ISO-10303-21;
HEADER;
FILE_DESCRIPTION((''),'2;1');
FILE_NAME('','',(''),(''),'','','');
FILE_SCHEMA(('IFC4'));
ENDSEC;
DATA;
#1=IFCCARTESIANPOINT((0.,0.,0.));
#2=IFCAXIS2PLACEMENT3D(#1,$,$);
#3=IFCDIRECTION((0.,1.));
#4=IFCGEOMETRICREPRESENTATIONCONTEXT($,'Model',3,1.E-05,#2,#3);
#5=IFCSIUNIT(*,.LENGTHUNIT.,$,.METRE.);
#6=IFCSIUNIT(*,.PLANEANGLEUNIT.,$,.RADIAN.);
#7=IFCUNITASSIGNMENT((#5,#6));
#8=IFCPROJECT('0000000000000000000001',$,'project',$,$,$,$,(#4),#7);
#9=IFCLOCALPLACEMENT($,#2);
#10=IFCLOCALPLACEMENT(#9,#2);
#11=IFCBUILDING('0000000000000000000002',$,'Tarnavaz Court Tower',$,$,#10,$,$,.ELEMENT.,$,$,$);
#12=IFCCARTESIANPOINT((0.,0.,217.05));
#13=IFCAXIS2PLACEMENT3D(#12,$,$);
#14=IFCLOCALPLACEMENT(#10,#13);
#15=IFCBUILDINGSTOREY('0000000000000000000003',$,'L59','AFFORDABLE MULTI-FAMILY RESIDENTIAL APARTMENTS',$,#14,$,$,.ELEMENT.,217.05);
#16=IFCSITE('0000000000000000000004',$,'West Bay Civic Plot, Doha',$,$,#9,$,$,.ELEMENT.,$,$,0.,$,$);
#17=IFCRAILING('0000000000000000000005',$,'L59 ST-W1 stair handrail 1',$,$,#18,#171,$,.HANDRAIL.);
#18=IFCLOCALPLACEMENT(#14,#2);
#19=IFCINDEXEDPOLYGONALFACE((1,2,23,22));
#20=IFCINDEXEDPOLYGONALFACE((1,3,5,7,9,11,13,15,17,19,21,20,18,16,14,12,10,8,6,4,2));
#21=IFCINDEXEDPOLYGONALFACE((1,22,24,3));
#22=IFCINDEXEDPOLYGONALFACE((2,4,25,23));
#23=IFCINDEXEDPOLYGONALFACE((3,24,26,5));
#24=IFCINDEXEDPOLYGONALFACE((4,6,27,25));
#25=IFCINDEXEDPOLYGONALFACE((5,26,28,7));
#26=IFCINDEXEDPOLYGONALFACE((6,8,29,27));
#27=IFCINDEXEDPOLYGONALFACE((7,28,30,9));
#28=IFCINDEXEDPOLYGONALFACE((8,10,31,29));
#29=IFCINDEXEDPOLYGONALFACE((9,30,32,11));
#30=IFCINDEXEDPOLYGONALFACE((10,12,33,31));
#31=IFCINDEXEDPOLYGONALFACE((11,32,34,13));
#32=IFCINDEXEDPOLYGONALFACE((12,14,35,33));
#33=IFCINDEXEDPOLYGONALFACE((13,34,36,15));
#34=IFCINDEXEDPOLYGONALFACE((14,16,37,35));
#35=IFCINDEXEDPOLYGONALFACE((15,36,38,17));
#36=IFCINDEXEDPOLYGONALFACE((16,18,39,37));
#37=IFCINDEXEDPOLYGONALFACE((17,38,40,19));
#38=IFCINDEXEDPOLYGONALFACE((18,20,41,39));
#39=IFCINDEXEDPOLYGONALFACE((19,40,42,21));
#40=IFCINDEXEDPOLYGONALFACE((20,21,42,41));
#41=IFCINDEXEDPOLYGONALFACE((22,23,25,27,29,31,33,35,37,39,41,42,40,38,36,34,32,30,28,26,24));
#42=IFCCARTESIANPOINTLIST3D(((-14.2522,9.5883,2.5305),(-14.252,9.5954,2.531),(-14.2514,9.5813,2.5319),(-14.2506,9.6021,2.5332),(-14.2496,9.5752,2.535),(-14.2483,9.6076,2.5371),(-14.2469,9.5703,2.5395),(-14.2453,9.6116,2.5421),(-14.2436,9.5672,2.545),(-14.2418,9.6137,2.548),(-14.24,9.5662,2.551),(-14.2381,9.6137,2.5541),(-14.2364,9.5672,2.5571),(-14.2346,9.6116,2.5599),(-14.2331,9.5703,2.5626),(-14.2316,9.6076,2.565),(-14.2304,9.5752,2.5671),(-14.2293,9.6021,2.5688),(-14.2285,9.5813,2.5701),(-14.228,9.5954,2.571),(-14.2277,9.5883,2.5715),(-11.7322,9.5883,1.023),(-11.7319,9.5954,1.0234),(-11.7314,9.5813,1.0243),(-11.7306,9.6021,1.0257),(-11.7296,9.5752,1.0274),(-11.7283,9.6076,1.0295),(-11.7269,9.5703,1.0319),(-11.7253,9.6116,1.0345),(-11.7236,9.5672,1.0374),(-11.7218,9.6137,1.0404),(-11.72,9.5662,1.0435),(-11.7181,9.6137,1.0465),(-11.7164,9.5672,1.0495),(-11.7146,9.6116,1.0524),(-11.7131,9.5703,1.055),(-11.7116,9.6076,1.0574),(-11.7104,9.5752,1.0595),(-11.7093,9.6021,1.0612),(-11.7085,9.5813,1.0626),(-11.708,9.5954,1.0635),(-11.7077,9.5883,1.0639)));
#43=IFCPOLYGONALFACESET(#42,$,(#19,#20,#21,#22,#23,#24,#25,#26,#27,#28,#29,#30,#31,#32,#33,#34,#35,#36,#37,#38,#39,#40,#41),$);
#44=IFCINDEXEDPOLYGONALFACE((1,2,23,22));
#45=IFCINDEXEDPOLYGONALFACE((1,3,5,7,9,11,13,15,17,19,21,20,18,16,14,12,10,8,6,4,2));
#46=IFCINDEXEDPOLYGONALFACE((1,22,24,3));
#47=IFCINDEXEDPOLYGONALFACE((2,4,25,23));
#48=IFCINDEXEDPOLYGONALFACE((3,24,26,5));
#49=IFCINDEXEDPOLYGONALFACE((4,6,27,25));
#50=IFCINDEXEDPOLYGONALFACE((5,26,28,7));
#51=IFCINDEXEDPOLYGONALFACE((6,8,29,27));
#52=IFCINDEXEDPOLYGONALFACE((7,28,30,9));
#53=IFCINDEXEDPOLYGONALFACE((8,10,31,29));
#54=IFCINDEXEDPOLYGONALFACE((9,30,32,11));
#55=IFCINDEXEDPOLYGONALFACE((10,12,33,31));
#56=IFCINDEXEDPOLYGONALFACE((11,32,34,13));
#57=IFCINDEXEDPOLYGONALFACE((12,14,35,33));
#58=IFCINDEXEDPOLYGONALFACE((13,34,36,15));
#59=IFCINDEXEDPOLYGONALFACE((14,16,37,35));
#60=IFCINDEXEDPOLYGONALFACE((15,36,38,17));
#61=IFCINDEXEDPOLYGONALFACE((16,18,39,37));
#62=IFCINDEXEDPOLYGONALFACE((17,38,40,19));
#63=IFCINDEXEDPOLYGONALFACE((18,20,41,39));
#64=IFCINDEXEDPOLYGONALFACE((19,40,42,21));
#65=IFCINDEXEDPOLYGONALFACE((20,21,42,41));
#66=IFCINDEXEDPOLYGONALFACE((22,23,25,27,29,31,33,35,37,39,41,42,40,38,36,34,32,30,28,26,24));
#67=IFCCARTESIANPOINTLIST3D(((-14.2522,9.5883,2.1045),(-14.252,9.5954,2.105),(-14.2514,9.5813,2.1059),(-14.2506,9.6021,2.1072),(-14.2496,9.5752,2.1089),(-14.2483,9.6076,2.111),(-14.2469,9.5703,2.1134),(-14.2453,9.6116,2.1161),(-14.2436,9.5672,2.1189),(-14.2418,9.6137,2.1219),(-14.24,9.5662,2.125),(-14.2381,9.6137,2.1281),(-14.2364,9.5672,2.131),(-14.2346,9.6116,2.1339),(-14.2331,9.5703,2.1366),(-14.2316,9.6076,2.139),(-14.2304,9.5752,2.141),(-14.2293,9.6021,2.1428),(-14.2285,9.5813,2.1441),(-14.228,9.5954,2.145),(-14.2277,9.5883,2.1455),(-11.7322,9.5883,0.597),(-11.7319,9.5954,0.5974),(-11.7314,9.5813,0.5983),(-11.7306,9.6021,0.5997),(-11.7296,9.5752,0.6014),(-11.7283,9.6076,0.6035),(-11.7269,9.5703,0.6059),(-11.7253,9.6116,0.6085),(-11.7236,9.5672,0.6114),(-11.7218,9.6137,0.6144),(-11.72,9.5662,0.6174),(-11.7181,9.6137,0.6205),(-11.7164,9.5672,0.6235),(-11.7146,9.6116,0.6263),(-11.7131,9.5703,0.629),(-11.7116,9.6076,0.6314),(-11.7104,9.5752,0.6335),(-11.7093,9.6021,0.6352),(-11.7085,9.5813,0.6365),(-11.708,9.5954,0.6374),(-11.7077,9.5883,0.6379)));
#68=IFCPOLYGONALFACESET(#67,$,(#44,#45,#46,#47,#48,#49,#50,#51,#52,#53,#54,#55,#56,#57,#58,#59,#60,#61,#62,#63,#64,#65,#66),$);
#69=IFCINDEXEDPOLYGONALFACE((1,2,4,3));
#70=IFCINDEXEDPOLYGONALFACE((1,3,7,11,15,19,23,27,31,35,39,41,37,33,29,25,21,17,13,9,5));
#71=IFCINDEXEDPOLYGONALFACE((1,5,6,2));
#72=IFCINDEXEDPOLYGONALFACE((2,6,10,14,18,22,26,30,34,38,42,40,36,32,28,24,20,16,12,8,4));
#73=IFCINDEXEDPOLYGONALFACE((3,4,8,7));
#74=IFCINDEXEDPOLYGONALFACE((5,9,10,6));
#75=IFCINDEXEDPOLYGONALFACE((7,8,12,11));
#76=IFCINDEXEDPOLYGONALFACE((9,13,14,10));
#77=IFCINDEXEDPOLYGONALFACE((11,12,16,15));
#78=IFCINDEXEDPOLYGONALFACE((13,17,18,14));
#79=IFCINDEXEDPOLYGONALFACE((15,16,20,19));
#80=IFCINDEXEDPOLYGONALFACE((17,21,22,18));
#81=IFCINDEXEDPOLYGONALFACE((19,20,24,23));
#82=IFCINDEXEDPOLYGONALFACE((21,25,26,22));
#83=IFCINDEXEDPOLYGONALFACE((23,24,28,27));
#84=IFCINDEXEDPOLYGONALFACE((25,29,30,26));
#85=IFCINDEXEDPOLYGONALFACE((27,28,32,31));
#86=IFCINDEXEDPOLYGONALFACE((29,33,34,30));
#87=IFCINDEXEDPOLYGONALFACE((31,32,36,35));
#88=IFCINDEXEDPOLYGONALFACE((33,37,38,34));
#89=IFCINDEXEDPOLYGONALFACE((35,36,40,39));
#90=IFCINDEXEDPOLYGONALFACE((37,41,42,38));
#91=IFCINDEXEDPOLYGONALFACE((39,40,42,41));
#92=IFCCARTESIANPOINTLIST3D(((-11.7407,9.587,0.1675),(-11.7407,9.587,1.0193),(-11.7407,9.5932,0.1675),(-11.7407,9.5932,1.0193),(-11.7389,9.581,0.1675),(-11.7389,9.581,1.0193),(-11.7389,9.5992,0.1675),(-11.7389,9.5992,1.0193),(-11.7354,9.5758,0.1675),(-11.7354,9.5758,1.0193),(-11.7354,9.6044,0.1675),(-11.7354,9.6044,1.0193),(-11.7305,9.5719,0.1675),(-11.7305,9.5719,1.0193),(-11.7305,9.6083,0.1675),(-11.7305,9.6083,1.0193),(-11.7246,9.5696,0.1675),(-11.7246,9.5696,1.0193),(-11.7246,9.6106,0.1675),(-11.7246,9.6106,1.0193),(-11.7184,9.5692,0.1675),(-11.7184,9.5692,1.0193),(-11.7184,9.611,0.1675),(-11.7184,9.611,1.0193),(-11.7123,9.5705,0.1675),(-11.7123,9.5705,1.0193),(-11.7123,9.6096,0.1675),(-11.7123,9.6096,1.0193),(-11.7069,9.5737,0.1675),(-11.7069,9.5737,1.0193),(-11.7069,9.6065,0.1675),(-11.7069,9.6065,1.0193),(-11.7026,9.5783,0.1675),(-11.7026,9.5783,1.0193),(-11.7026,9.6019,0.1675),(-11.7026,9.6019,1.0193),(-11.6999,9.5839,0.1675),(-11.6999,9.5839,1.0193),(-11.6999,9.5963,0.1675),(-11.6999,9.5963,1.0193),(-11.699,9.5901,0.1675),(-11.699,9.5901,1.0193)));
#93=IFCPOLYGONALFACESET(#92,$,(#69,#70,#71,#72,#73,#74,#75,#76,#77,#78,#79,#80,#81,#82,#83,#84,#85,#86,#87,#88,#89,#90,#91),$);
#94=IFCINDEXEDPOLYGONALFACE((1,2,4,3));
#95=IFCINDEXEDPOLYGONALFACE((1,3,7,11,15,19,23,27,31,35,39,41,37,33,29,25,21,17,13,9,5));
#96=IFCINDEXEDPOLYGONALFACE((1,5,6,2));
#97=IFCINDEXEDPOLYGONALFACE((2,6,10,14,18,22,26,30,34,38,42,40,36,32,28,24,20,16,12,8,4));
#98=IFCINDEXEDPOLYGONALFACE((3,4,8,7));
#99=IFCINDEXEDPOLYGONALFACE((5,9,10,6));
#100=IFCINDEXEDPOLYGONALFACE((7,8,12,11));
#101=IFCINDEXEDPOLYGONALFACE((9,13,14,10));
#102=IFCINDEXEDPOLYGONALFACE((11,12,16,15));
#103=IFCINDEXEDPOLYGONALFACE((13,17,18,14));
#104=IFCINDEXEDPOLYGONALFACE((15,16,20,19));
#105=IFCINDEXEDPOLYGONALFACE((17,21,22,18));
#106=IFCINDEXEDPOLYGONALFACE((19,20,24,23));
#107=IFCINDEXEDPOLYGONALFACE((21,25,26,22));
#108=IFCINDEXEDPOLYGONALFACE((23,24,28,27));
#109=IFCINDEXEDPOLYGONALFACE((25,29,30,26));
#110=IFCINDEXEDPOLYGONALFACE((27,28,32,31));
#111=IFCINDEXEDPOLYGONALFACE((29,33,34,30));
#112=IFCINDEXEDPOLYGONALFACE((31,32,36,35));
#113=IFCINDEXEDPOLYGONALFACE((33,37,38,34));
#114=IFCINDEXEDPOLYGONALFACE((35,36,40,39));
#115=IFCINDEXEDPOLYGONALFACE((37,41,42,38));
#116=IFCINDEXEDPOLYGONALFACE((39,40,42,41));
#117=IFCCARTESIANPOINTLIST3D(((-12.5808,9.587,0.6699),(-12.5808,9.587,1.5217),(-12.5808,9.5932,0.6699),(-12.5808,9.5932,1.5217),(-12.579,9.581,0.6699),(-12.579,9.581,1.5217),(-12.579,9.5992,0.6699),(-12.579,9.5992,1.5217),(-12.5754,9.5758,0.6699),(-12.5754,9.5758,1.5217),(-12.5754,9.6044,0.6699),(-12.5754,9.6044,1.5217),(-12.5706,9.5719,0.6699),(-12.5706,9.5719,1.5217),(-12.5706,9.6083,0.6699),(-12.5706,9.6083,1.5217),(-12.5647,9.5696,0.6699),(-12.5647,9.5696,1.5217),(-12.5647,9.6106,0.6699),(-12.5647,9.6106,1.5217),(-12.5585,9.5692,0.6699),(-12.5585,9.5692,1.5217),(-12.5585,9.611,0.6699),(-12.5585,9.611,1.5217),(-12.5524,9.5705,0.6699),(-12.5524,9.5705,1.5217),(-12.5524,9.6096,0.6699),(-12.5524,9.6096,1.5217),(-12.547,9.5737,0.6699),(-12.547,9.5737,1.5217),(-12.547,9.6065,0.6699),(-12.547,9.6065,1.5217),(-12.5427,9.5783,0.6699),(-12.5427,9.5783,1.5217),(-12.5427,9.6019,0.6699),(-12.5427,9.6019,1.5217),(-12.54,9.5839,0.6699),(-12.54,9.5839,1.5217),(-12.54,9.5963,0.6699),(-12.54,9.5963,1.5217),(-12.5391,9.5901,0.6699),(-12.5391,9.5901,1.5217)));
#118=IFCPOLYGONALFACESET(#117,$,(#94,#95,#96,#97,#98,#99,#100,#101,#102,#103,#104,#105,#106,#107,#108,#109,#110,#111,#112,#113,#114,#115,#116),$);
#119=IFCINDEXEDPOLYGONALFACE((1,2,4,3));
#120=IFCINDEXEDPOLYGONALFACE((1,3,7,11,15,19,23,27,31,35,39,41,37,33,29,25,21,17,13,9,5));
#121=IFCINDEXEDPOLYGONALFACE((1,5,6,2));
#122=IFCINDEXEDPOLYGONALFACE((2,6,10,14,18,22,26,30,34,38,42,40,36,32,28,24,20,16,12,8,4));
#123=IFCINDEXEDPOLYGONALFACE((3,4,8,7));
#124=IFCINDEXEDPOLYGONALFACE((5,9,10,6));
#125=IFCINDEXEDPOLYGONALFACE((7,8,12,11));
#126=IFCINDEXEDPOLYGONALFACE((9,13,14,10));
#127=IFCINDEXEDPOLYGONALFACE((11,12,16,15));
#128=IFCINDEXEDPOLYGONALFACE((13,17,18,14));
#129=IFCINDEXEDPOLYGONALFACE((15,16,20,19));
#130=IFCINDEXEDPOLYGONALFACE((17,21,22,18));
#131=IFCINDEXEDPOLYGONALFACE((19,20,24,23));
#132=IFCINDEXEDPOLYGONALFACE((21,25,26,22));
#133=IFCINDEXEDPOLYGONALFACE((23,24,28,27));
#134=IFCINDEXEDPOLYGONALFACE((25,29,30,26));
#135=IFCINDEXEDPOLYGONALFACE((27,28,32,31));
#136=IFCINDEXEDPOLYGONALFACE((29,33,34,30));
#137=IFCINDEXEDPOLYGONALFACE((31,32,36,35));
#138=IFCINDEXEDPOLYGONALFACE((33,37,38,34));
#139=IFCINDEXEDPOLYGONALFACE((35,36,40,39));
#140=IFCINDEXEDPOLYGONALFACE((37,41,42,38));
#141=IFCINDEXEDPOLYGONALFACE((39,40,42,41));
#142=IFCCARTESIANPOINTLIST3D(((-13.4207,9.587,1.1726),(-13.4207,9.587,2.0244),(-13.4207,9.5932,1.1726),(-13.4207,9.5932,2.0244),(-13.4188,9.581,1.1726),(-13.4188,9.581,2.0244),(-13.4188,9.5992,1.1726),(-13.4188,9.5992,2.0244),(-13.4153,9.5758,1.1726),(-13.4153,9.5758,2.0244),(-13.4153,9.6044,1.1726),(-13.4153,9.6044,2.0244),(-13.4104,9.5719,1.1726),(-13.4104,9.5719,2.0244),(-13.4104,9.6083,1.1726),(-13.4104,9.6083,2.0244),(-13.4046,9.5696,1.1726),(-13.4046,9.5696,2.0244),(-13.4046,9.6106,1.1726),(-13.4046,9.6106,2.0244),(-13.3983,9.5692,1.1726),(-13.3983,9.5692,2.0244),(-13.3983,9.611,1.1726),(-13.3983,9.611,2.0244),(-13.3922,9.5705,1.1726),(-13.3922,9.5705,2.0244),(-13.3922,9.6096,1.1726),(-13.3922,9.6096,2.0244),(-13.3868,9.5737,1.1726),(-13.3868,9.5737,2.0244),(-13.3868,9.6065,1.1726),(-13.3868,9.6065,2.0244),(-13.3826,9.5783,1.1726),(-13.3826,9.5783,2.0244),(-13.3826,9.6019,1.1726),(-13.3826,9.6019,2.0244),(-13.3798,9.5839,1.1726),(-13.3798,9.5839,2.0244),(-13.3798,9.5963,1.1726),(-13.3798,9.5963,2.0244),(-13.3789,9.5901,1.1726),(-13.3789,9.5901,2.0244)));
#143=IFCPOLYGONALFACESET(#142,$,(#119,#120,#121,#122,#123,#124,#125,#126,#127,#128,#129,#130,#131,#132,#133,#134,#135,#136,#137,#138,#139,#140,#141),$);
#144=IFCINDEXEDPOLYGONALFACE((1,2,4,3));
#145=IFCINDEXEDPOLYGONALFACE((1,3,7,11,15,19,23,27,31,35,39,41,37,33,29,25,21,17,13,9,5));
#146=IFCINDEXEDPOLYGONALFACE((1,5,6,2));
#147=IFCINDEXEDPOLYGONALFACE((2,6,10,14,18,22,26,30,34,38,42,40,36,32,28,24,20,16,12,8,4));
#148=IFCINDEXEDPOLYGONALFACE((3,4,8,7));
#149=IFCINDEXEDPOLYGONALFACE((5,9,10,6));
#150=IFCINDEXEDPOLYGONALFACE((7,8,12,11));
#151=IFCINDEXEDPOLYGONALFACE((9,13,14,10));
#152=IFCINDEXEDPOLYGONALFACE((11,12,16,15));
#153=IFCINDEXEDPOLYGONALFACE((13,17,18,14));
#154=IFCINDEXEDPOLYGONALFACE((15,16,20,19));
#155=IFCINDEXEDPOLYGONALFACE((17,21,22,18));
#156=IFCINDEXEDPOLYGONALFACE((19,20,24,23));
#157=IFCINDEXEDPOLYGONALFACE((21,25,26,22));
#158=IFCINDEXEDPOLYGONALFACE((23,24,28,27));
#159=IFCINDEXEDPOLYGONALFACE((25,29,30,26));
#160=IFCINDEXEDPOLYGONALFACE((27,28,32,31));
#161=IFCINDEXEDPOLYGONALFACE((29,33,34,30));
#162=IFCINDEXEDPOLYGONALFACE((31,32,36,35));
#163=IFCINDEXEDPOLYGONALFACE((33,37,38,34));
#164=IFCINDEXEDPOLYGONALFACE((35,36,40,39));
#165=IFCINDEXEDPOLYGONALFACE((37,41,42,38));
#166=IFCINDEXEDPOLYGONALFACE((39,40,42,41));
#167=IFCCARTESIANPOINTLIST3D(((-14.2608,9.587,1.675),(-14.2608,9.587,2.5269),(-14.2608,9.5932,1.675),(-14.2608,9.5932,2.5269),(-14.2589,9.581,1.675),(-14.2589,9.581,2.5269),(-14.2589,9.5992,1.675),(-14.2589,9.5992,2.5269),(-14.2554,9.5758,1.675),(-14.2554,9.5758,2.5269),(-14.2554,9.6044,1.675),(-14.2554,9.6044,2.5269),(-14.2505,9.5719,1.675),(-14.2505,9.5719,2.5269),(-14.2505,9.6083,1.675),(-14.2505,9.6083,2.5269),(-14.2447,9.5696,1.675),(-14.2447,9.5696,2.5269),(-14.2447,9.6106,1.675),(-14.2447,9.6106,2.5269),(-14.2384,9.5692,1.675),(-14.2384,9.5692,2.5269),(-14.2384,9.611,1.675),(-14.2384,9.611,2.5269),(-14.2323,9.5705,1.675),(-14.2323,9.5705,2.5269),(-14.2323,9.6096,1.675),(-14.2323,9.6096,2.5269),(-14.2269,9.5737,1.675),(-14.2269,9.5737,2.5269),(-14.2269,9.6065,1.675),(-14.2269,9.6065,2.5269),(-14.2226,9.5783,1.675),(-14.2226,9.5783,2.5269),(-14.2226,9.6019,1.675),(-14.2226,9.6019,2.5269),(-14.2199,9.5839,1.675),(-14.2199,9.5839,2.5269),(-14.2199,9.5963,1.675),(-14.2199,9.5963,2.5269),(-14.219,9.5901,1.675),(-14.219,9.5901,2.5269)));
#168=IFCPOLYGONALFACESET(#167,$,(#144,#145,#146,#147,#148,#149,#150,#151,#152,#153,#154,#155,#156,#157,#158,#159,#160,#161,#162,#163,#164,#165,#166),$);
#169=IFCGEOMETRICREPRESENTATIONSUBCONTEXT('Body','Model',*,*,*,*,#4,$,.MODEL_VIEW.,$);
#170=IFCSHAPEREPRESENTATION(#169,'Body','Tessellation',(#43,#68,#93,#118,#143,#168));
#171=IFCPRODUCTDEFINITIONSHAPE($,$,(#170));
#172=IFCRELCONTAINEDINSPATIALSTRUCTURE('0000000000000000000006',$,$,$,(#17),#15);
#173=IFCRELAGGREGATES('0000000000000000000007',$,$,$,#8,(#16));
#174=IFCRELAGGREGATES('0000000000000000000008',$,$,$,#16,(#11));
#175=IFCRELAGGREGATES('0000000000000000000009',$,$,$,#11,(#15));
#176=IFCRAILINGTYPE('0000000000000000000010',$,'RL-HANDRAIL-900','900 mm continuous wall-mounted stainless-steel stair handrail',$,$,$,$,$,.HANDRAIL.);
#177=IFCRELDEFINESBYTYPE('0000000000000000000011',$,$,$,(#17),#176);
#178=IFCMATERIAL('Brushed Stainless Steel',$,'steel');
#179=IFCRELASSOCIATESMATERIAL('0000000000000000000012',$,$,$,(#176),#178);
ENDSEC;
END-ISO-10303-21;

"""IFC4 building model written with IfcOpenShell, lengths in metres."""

from ifc_helpers import new_model, si_unit, direction, frame, origin, origin_2d, place, context, subcontext, project, spatial, circle, extrude, material, type_object, element, save


model = new_model("IFC4")

# Units and contexts
model_context = context("Model", 3, precision=1e-05, world=origin(), true_north=direction((0.0, 1.0)))
body_context = subcontext(model_context, "Body", "Model", "MODEL_VIEW")
ifc_project = project(units=[si_unit("LENGTHUNIT", "METRE"), si_unit("PLANEANGLEUNIT", "RADIAN")], contexts=[model_context])

# Site, building, storey
site_placement = place(None, origin())
site = spatial("IfcSite", under=ifc_project, at=site_placement, Name="West Bay Civic Plot, Doha", CompositionType="ELEMENT", RefElevation=0.0)
building_placement = place(site_placement, origin())
building = spatial("IfcBuilding", under=site, at=building_placement, Name="Tarnavaz Court Tower", CompositionType="ELEMENT")
storey_placement = place(building_placement, frame((0.0, 0.0, 217.05)))
storey = spatial("IfcBuildingStorey", under=building, at=storey_placement, Name="L59", Description="AFFORDABLE MULTI-FAMILY RESIDENTIAL APARTMENTS", CompositionType="ELEMENT", Elevation=217.05)

# Railing
ifc_material_1 = material(Name="Brushed Stainless Steel", Category="steel")
railing_type_1 = type_object("IfcRailingType", Name="RL-HANDRAIL-900", Description="900 mm continuous wall-mounted stainless-steel stair handrail", PredefinedType="HANDRAIL", material=ifc_material_1)
railing_1_placement = place(storey_placement, frame((-11.72, 9.5901, 0.1675)))
element("IfcRailing", 1, at=railing_1_placement, inside=storey, type_object=railing_type_1, Name="L59 ST-W1 stair handrail 1", PredefinedType="HANDRAIL", context=body_context, shape_type="SweptSolid", body=[
    extrude(circle(Radius=0.0239, at=origin_2d()), frame((0.0, 0.0, 0.876), z_axis=(-0.85816, 0.0, 0.513383), x_axis=(0.0, -1.0, 0.0)), (0.0, 0.0, 1.0), 2.9365),
    extrude(circle(Radius=0.0239, at=origin_2d()), frame((0.0, 0.0, 0.45), z_axis=(-0.85816, 0.0, 0.513383), x_axis=(0.0, -1.0, 0.0)), (0.0, 0.0, 1.0), 2.9365),
    extrude(circle(Radius=0.021, at=origin_2d()), origin(), (0.0, 0.0, 1.0), 0.8518),
    extrude(circle(Radius=0.021, at=origin_2d()), frame((-0.8401, 0.0, 0.5024)), (0.0, 0.0, 1.0), 0.8518),
    extrude(circle(Radius=0.021, at=origin_2d()), frame((-1.6799, 0.0, 1.0051)), (0.0, 0.0, 1.0), 0.8518),
    extrude(circle(Radius=0.021, at=origin_2d()), frame((-2.52, 0.0, 1.5076)), (0.0, 0.0, 1.0), 0.8518),
])

save(model, "model.ifc")
